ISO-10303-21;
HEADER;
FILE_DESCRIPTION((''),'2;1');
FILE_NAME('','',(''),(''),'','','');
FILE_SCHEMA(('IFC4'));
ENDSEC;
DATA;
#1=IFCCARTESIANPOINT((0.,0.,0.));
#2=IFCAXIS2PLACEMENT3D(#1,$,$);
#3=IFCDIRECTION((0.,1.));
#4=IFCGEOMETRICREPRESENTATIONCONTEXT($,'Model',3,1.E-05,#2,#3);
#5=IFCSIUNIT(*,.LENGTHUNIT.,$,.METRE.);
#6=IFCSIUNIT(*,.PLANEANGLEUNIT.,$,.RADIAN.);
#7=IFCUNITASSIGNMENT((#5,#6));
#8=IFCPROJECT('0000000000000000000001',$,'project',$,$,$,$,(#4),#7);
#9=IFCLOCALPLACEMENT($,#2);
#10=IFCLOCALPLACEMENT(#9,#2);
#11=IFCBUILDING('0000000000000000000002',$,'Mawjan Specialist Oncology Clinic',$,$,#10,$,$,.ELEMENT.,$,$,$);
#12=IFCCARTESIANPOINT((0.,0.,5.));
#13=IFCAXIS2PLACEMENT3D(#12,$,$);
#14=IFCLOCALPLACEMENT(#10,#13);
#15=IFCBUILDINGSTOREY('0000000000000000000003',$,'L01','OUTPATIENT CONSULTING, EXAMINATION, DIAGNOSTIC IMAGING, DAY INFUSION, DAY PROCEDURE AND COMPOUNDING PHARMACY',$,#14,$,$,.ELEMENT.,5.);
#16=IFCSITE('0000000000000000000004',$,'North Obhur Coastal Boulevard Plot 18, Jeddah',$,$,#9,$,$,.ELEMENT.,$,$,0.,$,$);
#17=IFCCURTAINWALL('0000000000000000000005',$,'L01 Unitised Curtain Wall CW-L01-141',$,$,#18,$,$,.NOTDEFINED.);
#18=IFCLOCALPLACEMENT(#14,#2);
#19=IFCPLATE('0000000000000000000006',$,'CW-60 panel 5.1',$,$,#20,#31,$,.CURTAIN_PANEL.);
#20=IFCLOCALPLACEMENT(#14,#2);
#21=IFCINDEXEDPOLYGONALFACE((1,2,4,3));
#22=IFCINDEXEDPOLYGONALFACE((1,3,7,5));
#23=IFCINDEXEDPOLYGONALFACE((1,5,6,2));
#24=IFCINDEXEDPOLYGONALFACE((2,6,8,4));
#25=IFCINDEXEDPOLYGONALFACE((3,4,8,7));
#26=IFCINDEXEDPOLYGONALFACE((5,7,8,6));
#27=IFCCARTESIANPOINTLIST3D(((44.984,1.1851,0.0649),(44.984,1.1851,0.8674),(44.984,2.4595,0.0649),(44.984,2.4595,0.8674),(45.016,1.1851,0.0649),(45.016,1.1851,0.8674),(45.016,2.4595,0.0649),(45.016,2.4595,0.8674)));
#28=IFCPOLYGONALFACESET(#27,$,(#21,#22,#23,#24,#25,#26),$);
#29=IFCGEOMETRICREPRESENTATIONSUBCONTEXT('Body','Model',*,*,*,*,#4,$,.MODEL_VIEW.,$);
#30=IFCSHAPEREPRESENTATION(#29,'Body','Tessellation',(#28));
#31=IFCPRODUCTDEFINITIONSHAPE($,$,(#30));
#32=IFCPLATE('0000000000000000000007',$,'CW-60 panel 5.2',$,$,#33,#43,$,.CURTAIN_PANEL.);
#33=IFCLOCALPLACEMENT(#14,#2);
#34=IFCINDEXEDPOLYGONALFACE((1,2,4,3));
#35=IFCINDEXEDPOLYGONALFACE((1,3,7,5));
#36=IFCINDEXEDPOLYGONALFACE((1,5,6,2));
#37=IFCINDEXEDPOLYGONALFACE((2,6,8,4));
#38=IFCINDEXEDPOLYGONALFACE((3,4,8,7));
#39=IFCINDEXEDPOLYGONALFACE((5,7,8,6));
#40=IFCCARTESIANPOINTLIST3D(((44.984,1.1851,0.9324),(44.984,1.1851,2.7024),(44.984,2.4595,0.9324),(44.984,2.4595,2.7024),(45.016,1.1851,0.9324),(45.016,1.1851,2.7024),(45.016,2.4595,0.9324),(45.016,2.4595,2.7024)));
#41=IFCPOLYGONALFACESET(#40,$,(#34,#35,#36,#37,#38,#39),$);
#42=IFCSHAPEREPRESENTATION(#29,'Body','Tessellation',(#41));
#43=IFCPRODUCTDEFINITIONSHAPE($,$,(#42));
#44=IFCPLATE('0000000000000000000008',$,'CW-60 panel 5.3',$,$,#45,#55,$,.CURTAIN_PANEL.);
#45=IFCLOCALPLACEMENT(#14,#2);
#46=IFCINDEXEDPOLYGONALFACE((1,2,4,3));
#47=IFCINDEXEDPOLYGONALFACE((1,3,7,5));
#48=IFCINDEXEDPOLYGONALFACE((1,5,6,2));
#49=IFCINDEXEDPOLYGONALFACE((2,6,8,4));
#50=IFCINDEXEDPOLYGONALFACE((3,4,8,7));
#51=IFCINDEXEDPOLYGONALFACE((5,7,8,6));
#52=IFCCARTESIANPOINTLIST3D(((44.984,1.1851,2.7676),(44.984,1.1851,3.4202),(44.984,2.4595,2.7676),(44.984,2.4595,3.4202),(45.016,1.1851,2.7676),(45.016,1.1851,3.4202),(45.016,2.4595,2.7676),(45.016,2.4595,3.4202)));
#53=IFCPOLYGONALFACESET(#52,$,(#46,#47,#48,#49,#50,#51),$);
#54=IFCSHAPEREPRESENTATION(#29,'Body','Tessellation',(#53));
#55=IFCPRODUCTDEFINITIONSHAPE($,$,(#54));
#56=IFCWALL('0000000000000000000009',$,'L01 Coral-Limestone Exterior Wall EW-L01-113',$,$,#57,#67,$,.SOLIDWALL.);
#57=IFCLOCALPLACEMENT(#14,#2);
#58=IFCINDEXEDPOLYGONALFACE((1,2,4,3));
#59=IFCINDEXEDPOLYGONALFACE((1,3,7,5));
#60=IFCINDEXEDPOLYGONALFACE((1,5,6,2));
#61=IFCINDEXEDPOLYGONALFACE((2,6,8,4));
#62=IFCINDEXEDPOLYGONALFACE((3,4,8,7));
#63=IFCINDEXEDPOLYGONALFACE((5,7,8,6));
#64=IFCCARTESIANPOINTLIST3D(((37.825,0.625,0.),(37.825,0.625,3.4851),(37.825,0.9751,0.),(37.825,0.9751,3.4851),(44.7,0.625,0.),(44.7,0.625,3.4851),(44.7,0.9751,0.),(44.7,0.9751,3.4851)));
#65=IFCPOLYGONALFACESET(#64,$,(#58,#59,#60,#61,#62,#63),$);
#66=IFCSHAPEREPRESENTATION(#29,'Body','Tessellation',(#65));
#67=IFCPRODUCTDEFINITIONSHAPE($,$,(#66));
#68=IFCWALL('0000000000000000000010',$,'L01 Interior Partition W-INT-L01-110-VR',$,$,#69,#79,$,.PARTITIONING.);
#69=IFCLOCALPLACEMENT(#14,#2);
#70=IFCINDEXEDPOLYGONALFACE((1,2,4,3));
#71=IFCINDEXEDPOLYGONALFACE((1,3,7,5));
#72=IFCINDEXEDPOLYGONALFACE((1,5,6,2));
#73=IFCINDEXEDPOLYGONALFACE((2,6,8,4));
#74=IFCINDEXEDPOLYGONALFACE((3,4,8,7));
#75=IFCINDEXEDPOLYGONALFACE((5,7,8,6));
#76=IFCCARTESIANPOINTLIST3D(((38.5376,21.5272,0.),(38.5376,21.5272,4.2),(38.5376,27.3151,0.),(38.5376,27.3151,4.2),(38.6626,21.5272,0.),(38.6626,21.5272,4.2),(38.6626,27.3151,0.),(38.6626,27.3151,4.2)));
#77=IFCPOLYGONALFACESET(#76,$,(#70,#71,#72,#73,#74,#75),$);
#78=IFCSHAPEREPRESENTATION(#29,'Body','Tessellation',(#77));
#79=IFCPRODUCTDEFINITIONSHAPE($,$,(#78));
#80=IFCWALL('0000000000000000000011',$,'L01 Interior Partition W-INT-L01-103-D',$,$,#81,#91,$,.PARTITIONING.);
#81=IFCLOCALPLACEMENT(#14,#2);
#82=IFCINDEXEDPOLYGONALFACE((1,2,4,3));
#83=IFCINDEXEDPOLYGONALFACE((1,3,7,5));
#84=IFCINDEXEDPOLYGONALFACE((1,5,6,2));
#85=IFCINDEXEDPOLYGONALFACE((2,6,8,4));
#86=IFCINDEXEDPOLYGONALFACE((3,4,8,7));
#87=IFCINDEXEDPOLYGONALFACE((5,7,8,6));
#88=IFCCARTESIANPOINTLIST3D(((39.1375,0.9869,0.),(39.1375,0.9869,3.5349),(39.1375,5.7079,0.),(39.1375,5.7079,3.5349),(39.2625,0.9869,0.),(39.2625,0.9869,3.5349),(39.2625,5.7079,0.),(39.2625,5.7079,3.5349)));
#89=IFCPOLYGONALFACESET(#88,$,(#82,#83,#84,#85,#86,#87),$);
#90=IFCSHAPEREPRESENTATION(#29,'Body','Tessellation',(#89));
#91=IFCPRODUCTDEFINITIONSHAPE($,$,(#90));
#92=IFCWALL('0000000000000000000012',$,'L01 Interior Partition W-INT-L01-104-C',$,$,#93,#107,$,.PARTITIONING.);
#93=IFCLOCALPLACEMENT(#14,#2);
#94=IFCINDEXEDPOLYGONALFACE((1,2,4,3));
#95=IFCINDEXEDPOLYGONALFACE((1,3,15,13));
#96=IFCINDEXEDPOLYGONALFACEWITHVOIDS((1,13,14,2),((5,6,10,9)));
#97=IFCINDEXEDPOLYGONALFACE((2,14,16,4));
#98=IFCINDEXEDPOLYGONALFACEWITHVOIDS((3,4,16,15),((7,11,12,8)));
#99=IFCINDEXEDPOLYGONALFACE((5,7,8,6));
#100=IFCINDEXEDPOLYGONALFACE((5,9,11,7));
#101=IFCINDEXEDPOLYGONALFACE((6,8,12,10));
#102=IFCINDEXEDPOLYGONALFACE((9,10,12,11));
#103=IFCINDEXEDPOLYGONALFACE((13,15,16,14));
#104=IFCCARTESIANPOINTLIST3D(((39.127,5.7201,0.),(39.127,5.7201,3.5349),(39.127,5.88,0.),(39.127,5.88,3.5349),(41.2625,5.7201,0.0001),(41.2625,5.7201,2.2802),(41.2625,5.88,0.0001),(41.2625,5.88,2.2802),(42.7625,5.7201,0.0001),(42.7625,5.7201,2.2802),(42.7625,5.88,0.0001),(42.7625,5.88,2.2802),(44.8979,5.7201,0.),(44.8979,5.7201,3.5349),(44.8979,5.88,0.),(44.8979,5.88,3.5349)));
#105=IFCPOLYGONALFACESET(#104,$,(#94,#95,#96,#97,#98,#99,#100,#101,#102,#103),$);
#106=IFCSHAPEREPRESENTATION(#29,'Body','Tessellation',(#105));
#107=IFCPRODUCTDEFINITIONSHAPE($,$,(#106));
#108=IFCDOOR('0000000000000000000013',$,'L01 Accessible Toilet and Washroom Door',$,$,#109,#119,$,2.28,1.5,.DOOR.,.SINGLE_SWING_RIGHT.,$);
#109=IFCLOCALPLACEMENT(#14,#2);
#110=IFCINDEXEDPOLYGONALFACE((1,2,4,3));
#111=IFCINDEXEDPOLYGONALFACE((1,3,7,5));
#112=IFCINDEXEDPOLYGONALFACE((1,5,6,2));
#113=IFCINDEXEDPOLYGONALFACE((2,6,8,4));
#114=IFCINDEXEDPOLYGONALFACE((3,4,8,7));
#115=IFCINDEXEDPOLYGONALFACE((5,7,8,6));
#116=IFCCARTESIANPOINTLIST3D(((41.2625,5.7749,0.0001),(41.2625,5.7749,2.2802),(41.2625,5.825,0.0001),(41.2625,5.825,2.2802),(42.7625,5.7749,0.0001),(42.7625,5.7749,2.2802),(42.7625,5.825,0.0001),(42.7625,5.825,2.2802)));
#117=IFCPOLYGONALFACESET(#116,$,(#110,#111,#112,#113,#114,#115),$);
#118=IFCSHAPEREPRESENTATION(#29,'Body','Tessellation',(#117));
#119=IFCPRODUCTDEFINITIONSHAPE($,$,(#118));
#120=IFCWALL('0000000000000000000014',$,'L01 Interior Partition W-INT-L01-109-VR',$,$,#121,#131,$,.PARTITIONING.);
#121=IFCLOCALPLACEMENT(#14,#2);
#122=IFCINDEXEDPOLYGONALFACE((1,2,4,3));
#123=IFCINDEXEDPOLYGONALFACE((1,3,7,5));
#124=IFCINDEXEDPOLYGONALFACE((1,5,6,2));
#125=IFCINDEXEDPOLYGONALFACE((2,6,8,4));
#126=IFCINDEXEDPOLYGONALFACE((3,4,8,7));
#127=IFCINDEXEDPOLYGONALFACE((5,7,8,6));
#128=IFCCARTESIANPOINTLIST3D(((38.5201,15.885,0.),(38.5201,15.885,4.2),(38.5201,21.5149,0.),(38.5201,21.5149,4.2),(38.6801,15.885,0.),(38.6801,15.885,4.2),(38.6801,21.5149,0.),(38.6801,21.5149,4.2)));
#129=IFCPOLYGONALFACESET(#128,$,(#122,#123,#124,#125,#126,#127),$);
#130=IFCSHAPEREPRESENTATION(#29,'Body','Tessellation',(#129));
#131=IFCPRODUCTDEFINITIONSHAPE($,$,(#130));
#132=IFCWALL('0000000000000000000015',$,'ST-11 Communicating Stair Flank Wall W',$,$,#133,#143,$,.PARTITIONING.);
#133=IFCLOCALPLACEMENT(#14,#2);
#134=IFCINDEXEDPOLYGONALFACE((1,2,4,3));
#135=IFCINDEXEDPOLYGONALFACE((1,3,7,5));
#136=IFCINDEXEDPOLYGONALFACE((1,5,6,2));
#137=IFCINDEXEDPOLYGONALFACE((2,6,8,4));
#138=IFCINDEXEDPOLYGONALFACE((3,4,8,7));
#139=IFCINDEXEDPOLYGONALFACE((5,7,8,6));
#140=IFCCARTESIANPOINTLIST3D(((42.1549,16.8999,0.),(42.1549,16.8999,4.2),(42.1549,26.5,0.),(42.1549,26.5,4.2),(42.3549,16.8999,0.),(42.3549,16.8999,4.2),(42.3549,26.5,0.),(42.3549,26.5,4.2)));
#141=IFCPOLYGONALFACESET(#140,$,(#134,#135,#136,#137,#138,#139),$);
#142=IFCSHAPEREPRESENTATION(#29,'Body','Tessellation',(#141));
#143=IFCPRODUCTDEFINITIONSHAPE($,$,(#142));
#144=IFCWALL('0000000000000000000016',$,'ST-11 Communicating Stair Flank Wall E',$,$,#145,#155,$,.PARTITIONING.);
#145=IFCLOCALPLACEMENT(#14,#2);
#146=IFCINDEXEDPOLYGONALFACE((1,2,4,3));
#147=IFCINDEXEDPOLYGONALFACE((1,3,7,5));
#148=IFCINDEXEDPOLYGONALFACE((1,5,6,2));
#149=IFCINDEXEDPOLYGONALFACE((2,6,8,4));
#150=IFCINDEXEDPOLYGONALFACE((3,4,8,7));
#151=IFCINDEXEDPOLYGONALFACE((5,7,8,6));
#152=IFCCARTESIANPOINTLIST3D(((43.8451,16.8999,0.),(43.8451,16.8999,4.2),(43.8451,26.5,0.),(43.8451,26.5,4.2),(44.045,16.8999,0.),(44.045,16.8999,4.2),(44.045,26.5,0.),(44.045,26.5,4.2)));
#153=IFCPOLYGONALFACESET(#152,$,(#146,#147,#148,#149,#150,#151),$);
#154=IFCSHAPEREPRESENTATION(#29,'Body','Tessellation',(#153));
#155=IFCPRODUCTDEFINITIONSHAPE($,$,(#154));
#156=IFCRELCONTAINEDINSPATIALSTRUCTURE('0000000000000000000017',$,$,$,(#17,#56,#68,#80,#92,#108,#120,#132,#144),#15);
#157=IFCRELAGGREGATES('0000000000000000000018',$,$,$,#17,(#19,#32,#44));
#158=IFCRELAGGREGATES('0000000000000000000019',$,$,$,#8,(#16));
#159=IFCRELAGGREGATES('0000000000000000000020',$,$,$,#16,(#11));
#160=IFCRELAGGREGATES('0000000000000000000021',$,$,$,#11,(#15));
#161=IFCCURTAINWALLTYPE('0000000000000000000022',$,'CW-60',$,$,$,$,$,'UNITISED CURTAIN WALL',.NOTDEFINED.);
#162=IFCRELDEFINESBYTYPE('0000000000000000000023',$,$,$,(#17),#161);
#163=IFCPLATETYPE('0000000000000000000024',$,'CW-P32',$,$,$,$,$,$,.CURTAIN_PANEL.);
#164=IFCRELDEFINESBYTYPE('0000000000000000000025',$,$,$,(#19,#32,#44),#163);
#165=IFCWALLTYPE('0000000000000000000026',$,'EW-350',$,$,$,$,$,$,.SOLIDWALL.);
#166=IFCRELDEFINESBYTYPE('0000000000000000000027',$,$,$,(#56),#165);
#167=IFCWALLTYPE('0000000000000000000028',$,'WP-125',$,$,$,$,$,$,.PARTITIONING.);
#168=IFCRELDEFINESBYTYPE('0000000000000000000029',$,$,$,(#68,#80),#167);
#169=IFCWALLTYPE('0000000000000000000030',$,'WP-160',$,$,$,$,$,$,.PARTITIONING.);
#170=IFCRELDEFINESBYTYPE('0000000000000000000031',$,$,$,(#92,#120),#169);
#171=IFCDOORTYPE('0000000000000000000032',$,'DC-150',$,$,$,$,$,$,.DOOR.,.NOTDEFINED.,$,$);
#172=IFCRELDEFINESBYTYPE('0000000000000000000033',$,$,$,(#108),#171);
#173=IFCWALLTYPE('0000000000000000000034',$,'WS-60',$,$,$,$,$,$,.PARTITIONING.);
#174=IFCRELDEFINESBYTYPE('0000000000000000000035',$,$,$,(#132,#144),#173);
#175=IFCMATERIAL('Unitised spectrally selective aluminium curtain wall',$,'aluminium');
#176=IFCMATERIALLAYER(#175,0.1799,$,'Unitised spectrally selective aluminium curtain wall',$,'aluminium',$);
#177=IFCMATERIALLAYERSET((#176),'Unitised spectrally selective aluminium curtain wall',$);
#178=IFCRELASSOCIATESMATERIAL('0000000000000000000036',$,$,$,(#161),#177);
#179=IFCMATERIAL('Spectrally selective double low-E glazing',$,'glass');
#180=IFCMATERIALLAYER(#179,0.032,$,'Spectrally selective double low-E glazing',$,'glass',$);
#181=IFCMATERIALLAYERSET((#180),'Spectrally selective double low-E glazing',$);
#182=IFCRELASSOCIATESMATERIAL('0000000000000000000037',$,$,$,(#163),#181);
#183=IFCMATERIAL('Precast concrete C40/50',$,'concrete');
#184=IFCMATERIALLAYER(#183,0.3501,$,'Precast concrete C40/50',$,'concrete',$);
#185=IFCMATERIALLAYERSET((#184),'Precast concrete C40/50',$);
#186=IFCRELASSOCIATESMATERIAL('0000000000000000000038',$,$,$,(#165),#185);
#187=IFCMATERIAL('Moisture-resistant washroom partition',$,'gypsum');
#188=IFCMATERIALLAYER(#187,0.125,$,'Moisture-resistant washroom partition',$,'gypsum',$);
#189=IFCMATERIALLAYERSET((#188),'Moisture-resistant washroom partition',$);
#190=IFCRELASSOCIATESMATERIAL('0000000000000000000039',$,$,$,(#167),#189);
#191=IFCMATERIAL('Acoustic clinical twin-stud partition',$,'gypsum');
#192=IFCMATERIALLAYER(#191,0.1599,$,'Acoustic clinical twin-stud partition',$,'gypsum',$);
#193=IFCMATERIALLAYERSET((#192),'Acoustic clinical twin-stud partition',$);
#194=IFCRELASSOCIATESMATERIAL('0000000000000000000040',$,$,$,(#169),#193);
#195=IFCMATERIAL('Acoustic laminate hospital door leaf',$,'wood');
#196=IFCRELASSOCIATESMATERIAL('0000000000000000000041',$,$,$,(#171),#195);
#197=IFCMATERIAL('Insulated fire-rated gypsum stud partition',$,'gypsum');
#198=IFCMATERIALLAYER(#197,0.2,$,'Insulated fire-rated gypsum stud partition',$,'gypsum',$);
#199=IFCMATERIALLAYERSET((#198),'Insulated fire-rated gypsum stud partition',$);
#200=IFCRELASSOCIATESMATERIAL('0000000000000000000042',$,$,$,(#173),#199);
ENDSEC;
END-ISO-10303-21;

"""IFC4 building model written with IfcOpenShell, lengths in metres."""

from ifc_helpers import new_model, si_unit, direction, frame, frame_2d, origin, origin_2d, place, context, subcontext, project, spatial, rectangle, extrude, material, layer, layer_set, type_object, element, fill, aggregate, save


model = new_model("IFC4")

# Units and contexts
model_context = context("Model", 3, precision=1e-05, world=origin(), true_north=direction((0.0, 1.0)))
body_context = subcontext(model_context, "Body", "Model", "MODEL_VIEW")
ifc_project = project(units=[si_unit("LENGTHUNIT", "METRE"), si_unit("PLANEANGLEUNIT", "RADIAN")], contexts=[model_context])

# Site, building, storey
site_placement = place(None, origin())
site = spatial("IfcSite", under=ifc_project, at=site_placement, Name="North Obhur Coastal Boulevard Plot 18, Jeddah", CompositionType="ELEMENT", RefElevation=0.0)
building_placement = place(site_placement, origin())
building = spatial("IfcBuilding", under=site, at=building_placement, Name="Mawjan Specialist Oncology Clinic", CompositionType="ELEMENT")
storey_placement = place(building_placement, frame((0.0, 0.0, 5.0)))
storey = spatial("IfcBuildingStorey", under=building, at=storey_placement, Name="L01", Description="OUTPATIENT CONSULTING, EXAMINATION, DIAGNOSTIC IMAGING, DAY INFUSION, DAY PROCEDURE AND COMPOUNDING PHARMACY", CompositionType="ELEMENT", Elevation=5.0)

# Curtain wall
ifc_material_1 = material(Name="Unitised spectrally selective aluminium curtain wall", Category="aluminium")
ifc_layer_1 = layer(ifc_material_1, 0.1799, Name="Unitised spectrally selective aluminium curtain wall", Category="aluminium")
ifc_layer_set_1 = layer_set([ifc_layer_1], Name="Unitised spectrally selective aluminium curtain wall")
curtain_wall_type = type_object("IfcCurtainWallType", Name="CW-60", ElementType="UNITISED CURTAIN WALL", PredefinedType="NOTDEFINED", material=ifc_layer_set_1)
curtain_wall_placement = place(storey_placement, origin())
curtain_wall = element("IfcCurtainWall", 1, at=curtain_wall_placement, inside=storey, type_object=curtain_wall_type, Name="L01 Unitised Curtain Wall CW-L01-141", PredefinedType="NOTDEFINED")

# Plates
ifc_material_2 = material(Name="Spectrally selective double low-E glazing", Category="glass")
ifc_layer_2 = layer(ifc_material_2, 0.032, Name="Spectrally selective double low-E glazing", Category="glass")
ifc_layer_set_2 = layer_set([ifc_layer_2], Name="Spectrally selective double low-E glazing")
plate_type = type_object("IfcPlateType", Name="CW-P32", PredefinedType="CURTAIN_PANEL", material=ifc_layer_set_2)
plate_1_placement = place(storey_placement, frame((45.0, 1.8223, 0.0649), z_axis=(0.0, 0.0, 1.0), x_axis=(0.0, -1.0, 0.0)))
plate_1 = element("IfcPlate", 2, at=plate_1_placement, type_object=plate_type, Name="CW-60 panel 5.1", PredefinedType="CURTAIN_PANEL", context=body_context, shape_type="SweptSolid", body=[
    extrude(rectangle(XDim=1.2744, YDim=0.032, at=origin_2d()), origin(), (0.0, 0.0, 1.0), 0.8025),
])
plate_2_placement = place(storey_placement, frame((45.0, 1.8223, 0.9324), z_axis=(0.0, 0.0, 1.0), x_axis=(0.0, -1.0, 0.0)))
plate_2 = element("IfcPlate", 3, at=plate_2_placement, type_object=plate_type, Name="CW-60 panel 5.2", PredefinedType="CURTAIN_PANEL", context=body_context, shape_type="SweptSolid", body=[
    extrude(rectangle(XDim=1.2744, YDim=0.032, at=origin_2d()), origin(), (0.0, 0.0, 1.0), 1.77),
])
plate_3_placement = place(storey_placement, frame((45.0, 1.8223, 2.7676), z_axis=(0.0, 0.0, 1.0), x_axis=(0.0, -1.0, 0.0)))
plate_3 = element("IfcPlate", 4, at=plate_3_placement, type_object=plate_type, Name="CW-60 panel 5.3", PredefinedType="CURTAIN_PANEL", context=body_context, shape_type="SweptSolid", body=[
    extrude(rectangle(XDim=1.2744, YDim=0.032, at=origin_2d()), origin(), (0.0, 0.0, 1.0), 0.6526),
])
aggregate(curtain_wall, [plate_1, plate_2, plate_3])

# Walls
ifc_material_3 = material(Name="Precast concrete C40/50", Category="concrete")
ifc_layer_3 = layer(ifc_material_3, 0.3501, Name="Precast concrete C40/50", Category="concrete")
ifc_layer_set_3 = layer_set([ifc_layer_3], Name="Precast concrete C40/50")
wall_type_1 = type_object("IfcWallType", Name="EW-350", PredefinedType="SOLIDWALL", material=ifc_layer_set_3)
wall_1_placement = place(storey_placement, frame((44.7, 0.8, 0.0), z_axis=(0.0, 0.0, 1.0), x_axis=(-1.0, 0.0, 0.0)))
element("IfcWall", 5, at=wall_1_placement, inside=storey, type_object=wall_type_1, Name="L01 Coral-Limestone Exterior Wall EW-L01-113", PredefinedType="SOLIDWALL", context=body_context, shape_type="SweptSolid", body=[
    extrude(rectangle(XDim=6.875, YDim=0.3501, at=frame_2d((3.4375, 0.0))), origin(), (0.0, 0.0, 1.0), 3.4851),
])
ifc_material_4 = material(Name="Moisture-resistant washroom partition", Category="gypsum")
ifc_layer_4 = layer(ifc_material_4, 0.125, Name="Moisture-resistant washroom partition", Category="gypsum")
ifc_layer_set_4 = layer_set([ifc_layer_4], Name="Moisture-resistant washroom partition")
wall_type_2 = type_object("IfcWallType", Name="WP-125", PredefinedType="PARTITIONING", material=ifc_layer_set_4)
wall_2_placement = place(storey_placement, frame((38.6001, 21.5271, 0.0), z_axis=(0.0, 0.0, 1.0), x_axis=(0.0, 1.0, 0.0)))
element("IfcWall", 6, at=wall_2_placement, inside=storey, type_object=wall_type_2, Name="L01 Interior Partition W-INT-L01-110-VR", PredefinedType="PARTITIONING", context=body_context, shape_type="SweptSolid", body=[
    extrude(rectangle(XDim=5.7878, YDim=0.125, at=frame_2d((2.894, 0.0))), origin(), (0.0, 0.0, 1.0), 4.2),
])
wall_3_placement = place(storey_placement, frame((39.2, 0.9871, 0.0), z_axis=(0.0, 0.0, 1.0), x_axis=(0.0, 1.0, 0.0)))
element("IfcWall", 7, at=wall_3_placement, inside=storey, type_object=wall_type_2, Name="L01 Interior Partition W-INT-L01-103-D", PredefinedType="PARTITIONING", context=body_context, shape_type="SweptSolid", body=[
    extrude(rectangle(XDim=4.7209, YDim=0.125, at=frame_2d((2.3604, 0.0))), origin(), (0.0, 0.0, 1.0), 3.5349),
])

# Wall, opening, door
ifc_material_5 = material(Name="Acoustic clinical twin-stud partition", Category="gypsum")
ifc_layer_5 = layer(ifc_material_5, 0.1599, Name="Acoustic clinical twin-stud partition", Category="gypsum")
ifc_layer_set_5 = layer_set([ifc_layer_5], Name="Acoustic clinical twin-stud partition")
wall_type_3 = type_object("IfcWallType", Name="WP-160", PredefinedType="PARTITIONING", material=ifc_layer_set_5)
wall_4_placement = place(storey_placement, frame((39.127, 5.8, 0.0), z_axis=(0.0, 0.0, 1.0), x_axis=(1.0, 0.0, 0.0)))
wall_4 = element("IfcWall", 8, at=wall_4_placement, inside=storey, type_object=wall_type_3, Name="L01 Interior Partition W-INT-L01-104-C", PredefinedType="PARTITIONING", context=body_context, shape_type="SweptSolid", body=[
    extrude(rectangle(XDim=5.771, YDim=0.1599, at=frame_2d((2.8855, 0.0))), origin(), (0.0, 0.0, 1.0), 3.5349),
])
opening_placement = place(wall_4_placement, frame((2.1355, 0.0, 0.0)))
opening = element("IfcOpeningElement", 9, at=opening_placement, cuts=wall_4, PredefinedType="OPENING", context=body_context, shape_type="SweptSolid", body=[
    extrude(rectangle(XDim=1.5, YDim=2.28, at=frame_2d((0.75, 1.1401))), frame((0.0, 0.092, 0.0), z_axis=(0.0, -1.0, 0.0), x_axis=(1.0, 0.0, 0.0)), (0.0, 0.0, 1.0), 0.1838),
])
ifc_material_6 = material(Name="Acoustic laminate hospital door leaf", Category="wood")
door_type = type_object("IfcDoorType", Name="DC-150", OperationType="NOTDEFINED", PredefinedType="DOOR", material=ifc_material_6)
door_placement = place(opening_placement, origin())
door = element("IfcDoor", 10, at=door_placement, inside=storey, type_object=door_type, Name="L01 Accessible Toilet and Washroom Door", OperationType="SINGLE_SWING_RIGHT", OverallHeight=2.28, OverallWidth=1.5, PredefinedType="DOOR", context=body_context, shape_type="SweptSolid", body=[
    extrude(rectangle(XDim=1.5, YDim=2.28, at=frame_2d((0.75, 1.1401))), frame((0.0, 0.0249, 0.0), z_axis=(0.0, -1.0, 0.0), x_axis=(1.0, 0.0, 0.0)), (0.0, 0.0, 1.0), 0.05),
])
fill(opening, door)

# Walls
wall_5_placement = place(storey_placement, frame((38.6001, 15.885, 0.0), z_axis=(0.0, 0.0, 1.0), x_axis=(0.0, 1.0, 0.0)))
element("IfcWall", 11, at=wall_5_placement, inside=storey, type_object=wall_type_3, Name="L01 Interior Partition W-INT-L01-109-VR", PredefinedType="PARTITIONING", context=body_context, shape_type="SweptSolid", body=[
    extrude(rectangle(XDim=5.6299, YDim=0.1599, at=frame_2d((2.8149, 0.0))), origin(), (0.0, 0.0, 1.0), 4.2),
])
ifc_material_7 = material(Name="Insulated fire-rated gypsum stud partition", Category="gypsum")
ifc_layer_6 = layer(ifc_material_7, 0.2, Name="Insulated fire-rated gypsum stud partition", Category="gypsum")
ifc_layer_set_6 = layer_set([ifc_layer_6], Name="Insulated fire-rated gypsum stud partition")
wall_type_4 = type_object("IfcWallType", Name="WS-60", PredefinedType="PARTITIONING", material=ifc_layer_set_6)
for number, where, z_axis, x_axis, name in (
    (12, (42.2549, 16.8999, 0.0), (0.0, 0.0, 1.0), (0.0, 1.0, 0.0), "ST-11 Communicating Stair Flank Wall W"),
    (13, (43.9451, 16.8999, 0.0), (0.0, 0.0, 1.0), (0.0, 1.0, 0.0), "ST-11 Communicating Stair Flank Wall E"),
):
    element("IfcWall", number, at=place(storey_placement, frame(where, z_axis=z_axis, x_axis=x_axis)), inside=storey, type_object=wall_type_4, Name=name, PredefinedType="PARTITIONING", context=body_context, shape_type="SweptSolid", body=[
        extrude(rectangle(XDim=9.6001, YDim=0.2, at=frame_2d((4.8, 0.0))), origin(), (0.0, 0.0, 1.0), 4.2),
    ])

save(model, "model.ifc")
